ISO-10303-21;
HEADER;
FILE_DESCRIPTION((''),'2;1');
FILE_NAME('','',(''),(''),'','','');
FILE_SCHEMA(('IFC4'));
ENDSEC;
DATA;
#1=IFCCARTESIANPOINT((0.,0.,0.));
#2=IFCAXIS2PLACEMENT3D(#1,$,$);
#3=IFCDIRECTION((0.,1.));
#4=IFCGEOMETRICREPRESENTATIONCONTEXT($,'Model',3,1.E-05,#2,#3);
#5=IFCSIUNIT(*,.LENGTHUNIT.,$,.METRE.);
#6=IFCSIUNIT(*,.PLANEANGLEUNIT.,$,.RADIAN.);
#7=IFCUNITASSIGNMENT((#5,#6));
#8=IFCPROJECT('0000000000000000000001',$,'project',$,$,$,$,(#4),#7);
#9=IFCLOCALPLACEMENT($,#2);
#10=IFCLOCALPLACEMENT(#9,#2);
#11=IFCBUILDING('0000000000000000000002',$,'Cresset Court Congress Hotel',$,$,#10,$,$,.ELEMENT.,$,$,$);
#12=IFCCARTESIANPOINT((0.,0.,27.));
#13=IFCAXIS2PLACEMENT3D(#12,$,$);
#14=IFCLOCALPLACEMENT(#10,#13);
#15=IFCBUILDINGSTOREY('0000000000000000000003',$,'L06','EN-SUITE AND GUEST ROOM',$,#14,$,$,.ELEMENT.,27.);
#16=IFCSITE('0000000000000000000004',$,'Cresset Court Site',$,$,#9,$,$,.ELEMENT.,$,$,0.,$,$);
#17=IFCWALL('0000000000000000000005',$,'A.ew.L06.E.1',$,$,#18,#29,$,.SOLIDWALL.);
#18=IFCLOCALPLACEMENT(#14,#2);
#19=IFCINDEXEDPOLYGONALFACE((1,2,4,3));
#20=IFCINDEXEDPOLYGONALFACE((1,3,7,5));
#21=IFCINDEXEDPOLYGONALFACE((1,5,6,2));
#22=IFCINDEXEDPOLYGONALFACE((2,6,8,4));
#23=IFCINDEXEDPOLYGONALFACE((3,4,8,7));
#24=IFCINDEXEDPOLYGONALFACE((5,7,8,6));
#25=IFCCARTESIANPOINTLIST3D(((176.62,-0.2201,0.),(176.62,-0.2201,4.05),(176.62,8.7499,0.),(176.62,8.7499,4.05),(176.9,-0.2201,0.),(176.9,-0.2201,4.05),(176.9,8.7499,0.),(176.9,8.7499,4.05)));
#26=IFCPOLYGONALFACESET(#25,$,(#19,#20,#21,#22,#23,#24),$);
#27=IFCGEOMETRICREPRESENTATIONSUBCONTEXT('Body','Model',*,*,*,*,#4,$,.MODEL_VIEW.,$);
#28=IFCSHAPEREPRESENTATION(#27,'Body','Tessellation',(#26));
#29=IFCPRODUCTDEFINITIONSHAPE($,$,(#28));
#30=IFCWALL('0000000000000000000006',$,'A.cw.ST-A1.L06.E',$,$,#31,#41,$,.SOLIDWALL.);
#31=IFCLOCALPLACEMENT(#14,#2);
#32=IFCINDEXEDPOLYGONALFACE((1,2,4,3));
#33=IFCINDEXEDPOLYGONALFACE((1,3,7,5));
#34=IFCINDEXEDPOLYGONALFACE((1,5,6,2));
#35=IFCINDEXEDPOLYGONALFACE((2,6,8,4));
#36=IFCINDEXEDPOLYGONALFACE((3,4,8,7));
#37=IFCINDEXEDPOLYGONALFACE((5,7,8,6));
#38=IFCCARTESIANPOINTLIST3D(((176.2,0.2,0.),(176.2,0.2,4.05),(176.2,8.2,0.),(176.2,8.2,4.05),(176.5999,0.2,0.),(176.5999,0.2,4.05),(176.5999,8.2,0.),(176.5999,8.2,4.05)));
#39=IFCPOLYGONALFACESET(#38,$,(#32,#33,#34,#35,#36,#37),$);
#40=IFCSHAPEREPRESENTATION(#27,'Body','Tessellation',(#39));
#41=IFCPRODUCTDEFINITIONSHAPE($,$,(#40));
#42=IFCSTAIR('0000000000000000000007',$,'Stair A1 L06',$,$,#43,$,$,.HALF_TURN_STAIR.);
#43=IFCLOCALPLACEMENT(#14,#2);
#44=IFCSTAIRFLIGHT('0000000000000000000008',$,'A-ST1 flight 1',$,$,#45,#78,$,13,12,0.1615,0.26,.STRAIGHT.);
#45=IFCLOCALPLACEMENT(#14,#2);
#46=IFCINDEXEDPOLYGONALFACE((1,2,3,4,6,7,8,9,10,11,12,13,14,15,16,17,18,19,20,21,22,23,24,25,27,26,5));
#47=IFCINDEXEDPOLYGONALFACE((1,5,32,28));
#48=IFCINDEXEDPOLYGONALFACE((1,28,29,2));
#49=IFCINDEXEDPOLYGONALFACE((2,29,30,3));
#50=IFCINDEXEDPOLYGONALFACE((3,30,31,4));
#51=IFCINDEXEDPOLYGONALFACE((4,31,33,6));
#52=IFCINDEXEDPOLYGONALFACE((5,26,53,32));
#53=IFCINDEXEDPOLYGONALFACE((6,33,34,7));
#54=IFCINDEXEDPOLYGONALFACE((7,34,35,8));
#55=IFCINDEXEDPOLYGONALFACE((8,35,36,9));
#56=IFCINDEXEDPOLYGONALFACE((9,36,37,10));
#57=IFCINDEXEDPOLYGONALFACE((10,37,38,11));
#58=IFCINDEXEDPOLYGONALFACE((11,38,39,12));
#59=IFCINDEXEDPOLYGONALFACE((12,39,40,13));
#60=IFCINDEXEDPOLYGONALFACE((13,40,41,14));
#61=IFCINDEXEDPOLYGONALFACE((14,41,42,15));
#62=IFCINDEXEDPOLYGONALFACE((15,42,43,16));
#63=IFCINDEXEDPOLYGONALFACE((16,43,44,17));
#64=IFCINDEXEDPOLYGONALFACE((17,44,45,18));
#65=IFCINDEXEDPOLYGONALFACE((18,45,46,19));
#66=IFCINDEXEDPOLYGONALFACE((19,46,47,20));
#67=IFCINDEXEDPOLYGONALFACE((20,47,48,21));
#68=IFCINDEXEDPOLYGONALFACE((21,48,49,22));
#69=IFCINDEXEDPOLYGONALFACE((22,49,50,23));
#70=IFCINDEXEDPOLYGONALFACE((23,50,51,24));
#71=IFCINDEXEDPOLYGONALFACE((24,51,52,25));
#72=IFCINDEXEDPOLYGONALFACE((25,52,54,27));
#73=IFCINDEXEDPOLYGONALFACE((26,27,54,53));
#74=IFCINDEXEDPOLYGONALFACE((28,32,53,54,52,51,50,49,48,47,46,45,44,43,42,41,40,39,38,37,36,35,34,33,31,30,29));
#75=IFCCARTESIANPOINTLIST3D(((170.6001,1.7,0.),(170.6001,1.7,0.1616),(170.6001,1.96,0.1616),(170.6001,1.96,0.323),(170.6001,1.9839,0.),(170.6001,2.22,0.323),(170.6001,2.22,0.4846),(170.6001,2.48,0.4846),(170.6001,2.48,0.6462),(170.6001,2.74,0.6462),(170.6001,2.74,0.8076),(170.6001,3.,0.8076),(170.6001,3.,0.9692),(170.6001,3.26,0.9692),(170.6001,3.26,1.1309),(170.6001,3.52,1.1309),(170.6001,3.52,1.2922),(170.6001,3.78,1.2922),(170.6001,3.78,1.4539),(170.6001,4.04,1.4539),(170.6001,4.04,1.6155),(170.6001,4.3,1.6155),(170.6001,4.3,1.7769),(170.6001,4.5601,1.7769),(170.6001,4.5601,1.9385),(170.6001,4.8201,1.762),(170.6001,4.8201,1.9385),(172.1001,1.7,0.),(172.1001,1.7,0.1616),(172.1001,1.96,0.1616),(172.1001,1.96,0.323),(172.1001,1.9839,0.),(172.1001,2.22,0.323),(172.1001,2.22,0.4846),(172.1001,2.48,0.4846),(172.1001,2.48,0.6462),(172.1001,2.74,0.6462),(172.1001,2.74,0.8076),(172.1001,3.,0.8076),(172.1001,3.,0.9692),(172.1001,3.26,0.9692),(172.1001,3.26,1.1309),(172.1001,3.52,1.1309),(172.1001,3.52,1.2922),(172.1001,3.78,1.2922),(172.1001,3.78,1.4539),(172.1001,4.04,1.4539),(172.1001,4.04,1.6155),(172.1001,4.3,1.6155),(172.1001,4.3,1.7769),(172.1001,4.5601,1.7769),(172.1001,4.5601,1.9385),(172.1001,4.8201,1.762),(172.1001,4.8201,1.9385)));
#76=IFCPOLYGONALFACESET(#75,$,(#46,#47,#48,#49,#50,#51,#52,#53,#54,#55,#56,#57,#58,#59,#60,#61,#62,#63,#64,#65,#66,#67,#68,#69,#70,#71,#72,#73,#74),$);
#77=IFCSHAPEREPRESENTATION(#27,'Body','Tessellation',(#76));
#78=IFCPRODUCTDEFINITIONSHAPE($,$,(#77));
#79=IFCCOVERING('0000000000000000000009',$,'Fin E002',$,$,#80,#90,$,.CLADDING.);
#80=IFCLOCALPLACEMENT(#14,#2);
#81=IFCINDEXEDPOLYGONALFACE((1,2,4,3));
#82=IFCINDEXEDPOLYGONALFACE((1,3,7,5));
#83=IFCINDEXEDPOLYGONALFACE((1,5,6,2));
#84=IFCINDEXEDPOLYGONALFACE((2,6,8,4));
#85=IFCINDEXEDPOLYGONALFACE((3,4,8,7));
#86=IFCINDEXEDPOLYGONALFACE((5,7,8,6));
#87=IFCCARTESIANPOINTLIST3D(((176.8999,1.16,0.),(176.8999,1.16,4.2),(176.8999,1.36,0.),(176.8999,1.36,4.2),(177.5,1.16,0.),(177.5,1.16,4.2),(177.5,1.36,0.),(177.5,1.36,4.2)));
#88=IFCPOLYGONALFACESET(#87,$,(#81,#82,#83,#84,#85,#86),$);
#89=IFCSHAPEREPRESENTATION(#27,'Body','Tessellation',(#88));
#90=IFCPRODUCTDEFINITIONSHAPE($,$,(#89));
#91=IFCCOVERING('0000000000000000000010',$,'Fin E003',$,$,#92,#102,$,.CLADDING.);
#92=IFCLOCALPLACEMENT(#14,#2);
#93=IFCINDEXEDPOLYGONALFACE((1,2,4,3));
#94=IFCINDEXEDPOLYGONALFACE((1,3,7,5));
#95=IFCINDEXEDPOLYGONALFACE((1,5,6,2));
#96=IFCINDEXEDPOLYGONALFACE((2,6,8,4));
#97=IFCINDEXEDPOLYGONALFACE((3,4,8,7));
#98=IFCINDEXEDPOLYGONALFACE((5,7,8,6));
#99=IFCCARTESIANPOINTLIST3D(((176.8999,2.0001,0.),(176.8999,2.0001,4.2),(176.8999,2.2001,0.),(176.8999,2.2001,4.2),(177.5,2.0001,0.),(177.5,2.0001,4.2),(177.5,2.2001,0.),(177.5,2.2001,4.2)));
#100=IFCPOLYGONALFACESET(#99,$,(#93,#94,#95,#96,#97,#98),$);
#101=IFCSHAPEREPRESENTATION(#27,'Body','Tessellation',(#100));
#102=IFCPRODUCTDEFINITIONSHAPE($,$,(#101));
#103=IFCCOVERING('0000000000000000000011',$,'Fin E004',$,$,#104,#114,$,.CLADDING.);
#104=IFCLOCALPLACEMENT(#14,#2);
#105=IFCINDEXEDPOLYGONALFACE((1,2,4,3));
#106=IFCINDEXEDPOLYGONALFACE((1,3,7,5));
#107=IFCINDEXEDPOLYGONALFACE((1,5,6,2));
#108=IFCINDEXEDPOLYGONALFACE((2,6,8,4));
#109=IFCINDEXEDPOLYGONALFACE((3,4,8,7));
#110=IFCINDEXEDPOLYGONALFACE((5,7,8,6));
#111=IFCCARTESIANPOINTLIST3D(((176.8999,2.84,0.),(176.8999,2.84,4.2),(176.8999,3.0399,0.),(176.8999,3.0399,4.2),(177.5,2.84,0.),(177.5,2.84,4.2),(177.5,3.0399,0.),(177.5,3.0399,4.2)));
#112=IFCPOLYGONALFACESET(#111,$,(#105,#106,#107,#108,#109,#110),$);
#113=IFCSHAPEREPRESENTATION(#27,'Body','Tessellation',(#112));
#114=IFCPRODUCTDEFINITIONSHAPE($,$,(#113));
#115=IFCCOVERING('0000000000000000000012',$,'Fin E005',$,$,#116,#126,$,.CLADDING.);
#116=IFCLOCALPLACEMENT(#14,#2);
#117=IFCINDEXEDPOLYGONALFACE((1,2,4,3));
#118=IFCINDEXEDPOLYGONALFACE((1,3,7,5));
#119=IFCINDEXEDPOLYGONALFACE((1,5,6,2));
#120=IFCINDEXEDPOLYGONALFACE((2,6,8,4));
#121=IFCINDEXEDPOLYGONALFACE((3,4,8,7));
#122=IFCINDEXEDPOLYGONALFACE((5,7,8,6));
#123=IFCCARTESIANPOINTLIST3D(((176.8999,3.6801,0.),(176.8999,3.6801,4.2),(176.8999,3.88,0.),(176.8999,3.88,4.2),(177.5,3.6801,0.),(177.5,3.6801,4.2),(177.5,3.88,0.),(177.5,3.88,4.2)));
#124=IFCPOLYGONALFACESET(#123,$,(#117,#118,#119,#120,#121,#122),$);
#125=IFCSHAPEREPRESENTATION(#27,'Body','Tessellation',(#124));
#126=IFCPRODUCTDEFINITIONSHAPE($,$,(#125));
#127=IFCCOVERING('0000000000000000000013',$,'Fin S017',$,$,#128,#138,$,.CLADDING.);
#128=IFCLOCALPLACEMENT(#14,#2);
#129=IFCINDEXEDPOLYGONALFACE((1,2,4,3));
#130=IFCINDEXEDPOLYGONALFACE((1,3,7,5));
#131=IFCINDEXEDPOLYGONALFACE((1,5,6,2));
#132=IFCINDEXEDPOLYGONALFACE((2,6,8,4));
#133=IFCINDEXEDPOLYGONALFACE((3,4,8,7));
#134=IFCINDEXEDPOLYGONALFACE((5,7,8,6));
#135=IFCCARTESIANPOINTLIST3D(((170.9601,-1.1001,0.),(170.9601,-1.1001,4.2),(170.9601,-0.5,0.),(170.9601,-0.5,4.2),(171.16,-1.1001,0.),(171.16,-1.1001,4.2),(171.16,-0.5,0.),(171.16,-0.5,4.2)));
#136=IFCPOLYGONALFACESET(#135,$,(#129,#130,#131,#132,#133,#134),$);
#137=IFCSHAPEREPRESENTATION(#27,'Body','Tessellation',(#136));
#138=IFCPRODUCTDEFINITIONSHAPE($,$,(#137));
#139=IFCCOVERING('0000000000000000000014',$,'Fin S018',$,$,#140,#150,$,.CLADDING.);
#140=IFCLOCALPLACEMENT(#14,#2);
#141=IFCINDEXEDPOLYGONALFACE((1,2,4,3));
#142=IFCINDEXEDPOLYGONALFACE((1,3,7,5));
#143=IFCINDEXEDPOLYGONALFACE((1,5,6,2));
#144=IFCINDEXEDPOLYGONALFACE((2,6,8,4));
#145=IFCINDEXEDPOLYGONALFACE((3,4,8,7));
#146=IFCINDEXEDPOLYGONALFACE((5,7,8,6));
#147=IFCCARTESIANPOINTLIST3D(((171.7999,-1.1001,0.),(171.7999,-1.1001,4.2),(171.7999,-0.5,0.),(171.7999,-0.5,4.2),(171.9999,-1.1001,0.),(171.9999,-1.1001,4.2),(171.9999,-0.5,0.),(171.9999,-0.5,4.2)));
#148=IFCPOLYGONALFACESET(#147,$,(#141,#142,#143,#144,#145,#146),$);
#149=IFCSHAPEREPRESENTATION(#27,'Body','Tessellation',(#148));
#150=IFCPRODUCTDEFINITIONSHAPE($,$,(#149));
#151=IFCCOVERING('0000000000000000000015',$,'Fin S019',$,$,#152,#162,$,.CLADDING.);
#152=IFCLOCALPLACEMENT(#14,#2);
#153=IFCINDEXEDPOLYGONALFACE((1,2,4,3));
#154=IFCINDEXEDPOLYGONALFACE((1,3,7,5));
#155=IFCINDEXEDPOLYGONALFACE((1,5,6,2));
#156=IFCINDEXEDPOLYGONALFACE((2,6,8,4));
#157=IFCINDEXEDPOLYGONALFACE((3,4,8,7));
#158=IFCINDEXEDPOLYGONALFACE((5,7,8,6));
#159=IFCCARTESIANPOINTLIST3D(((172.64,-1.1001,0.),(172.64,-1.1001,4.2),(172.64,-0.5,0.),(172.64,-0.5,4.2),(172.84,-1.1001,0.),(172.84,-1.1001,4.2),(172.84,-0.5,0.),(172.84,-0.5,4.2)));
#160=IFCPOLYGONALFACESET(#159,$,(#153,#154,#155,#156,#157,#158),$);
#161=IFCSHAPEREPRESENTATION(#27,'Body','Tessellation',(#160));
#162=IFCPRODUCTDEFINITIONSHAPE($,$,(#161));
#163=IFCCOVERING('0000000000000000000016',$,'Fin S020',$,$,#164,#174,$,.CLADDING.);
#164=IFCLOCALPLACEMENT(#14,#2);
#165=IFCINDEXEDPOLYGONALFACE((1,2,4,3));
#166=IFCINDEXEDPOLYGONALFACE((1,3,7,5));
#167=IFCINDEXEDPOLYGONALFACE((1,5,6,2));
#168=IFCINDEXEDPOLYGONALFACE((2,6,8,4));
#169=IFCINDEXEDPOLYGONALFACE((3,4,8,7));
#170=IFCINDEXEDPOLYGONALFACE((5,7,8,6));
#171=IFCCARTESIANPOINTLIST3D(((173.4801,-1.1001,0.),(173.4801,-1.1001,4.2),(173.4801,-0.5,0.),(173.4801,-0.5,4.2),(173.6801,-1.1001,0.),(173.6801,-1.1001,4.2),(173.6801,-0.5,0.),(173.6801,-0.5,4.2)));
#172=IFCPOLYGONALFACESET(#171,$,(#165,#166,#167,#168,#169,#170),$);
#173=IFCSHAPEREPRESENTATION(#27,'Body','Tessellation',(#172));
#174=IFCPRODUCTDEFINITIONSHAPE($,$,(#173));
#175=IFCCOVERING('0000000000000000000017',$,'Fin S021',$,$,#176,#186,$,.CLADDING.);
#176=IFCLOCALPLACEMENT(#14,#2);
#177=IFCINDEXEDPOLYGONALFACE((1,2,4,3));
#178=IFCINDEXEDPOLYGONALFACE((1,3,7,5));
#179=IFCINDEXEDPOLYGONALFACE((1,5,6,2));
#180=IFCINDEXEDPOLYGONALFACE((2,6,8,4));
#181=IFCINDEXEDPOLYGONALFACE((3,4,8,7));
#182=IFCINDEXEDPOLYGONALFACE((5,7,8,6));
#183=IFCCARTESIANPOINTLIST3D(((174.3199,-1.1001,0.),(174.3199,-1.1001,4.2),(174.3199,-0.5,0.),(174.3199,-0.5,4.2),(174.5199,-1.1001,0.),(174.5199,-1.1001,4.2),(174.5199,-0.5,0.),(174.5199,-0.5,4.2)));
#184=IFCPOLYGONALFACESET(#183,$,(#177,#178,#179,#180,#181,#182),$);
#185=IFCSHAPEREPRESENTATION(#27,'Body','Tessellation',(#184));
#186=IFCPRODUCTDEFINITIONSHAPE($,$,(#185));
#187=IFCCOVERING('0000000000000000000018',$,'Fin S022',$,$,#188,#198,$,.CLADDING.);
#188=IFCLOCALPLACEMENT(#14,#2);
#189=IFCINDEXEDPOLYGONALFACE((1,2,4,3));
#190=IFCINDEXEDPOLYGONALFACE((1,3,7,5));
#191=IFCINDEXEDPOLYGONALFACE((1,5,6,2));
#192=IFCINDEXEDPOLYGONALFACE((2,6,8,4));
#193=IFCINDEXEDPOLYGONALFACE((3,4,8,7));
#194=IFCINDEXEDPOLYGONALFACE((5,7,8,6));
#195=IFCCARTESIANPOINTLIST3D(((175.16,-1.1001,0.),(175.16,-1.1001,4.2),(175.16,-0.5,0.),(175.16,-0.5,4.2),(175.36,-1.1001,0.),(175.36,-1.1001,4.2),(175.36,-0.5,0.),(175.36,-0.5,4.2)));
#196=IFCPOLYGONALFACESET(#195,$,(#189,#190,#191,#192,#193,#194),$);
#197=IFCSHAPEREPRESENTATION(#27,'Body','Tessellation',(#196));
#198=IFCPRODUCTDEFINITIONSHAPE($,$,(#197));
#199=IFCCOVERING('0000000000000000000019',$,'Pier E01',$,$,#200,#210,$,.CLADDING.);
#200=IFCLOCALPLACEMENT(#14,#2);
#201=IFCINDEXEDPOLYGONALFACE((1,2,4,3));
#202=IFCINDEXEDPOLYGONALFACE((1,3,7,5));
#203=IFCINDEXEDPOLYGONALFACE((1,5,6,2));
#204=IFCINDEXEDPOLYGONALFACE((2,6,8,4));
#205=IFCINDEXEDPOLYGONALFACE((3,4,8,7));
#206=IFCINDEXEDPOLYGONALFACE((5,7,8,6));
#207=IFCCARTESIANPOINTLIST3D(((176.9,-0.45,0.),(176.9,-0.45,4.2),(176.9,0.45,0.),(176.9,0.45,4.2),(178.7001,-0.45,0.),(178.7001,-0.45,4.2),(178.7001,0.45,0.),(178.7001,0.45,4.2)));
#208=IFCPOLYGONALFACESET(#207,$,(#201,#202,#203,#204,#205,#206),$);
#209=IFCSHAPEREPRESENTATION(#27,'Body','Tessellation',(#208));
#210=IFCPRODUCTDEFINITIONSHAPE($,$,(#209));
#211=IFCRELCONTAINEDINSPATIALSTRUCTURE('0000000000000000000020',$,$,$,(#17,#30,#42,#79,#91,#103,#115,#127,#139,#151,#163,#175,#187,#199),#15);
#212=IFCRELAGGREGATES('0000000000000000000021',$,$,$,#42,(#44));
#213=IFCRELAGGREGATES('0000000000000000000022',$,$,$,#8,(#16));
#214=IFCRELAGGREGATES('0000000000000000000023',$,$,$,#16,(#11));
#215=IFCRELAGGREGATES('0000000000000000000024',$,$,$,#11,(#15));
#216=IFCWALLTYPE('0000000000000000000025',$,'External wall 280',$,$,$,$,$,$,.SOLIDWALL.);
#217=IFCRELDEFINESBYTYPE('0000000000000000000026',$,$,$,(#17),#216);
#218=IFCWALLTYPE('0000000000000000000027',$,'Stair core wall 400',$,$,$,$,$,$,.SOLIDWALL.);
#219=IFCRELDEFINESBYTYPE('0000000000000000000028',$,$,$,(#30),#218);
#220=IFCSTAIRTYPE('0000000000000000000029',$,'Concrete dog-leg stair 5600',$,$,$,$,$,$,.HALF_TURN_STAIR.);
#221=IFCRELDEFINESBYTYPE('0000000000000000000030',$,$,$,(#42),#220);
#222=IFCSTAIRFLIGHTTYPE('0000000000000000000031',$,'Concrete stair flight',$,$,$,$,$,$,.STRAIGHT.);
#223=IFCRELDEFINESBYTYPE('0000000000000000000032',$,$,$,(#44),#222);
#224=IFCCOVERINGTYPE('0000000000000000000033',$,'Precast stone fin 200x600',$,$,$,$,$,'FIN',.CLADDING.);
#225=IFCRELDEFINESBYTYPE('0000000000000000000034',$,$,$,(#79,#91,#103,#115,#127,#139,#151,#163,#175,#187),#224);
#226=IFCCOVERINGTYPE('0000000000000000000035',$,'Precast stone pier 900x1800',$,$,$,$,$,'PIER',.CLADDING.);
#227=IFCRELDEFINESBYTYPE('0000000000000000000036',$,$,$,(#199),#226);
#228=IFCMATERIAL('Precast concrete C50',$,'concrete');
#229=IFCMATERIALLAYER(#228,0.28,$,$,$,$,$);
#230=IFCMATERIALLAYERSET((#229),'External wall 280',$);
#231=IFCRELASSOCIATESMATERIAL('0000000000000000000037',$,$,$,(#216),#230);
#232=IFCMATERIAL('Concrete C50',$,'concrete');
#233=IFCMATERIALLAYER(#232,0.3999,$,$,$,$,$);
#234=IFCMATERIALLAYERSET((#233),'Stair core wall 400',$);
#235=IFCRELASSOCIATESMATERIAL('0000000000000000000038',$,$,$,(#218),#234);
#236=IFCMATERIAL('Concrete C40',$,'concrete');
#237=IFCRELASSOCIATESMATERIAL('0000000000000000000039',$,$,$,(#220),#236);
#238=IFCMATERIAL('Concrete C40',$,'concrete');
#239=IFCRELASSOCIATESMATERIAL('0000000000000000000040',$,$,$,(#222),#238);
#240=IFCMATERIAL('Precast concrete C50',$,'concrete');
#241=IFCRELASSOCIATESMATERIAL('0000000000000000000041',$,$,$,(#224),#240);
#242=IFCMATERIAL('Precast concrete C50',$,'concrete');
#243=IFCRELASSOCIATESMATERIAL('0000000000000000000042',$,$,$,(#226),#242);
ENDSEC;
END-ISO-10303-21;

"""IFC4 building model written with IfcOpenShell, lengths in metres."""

from ifc_helpers import new_model, si_unit, direction, frame, frame_2d, origin, origin_2d, place, context, subcontext, project, spatial, polyline, rectangle, outline, extrude, material, layer, layer_set, type_object, element, aggregate, save


model = new_model("IFC4")

# Units and contexts
model_context = context("Model", 3, precision=1e-05, world=origin(), true_north=direction((0.0, 1.0)))
body_context = subcontext(model_context, "Body", "Model", "MODEL_VIEW")
ifc_project = project(units=[si_unit("LENGTHUNIT", "METRE"), si_unit("PLANEANGLEUNIT", "RADIAN")], contexts=[model_context])

# Site, building, storey
site_placement = place(None, origin())
site = spatial("IfcSite", under=ifc_project, at=site_placement, Name="Cresset Court Site", CompositionType="ELEMENT", RefElevation=0.0)
building_placement = place(site_placement, origin())
building = spatial("IfcBuilding", under=site, at=building_placement, Name="Cresset Court Congress Hotel", CompositionType="ELEMENT")
storey_placement = place(building_placement, frame((0.0, 0.0, 27.0)))
storey = spatial("IfcBuildingStorey", under=building, at=storey_placement, Name="L06", Description="EN-SUITE AND GUEST ROOM", CompositionType="ELEMENT", Elevation=27.0)

# Walls
ifc_material_1 = material(Name="Precast concrete C50", Category="concrete")
ifc_layer_1 = layer(ifc_material_1, 0.28)
ifc_layer_set_1 = layer_set([ifc_layer_1], Name="External wall 280")
wall_type_1 = type_object("IfcWallType", Name="External wall 280", PredefinedType="SOLIDWALL", material=ifc_layer_set_1)
wall_1_placement = place(storey_placement, frame((176.76, -0.22, 0.0), z_axis=(0.0, 0.0, 1.0), x_axis=(0.0, 1.0, 0.0)))
element("IfcWall", 1, at=wall_1_placement, inside=storey, type_object=wall_type_1, Name="A.ew.L06.E.1", PredefinedType="SOLIDWALL", context=body_context, shape_type="SweptSolid", body=[
    extrude(rectangle(XDim=8.97, YDim=0.28, at=frame_2d((4.4849, 0.0))), origin(), (0.0, 0.0, 1.0), 4.05),
])
ifc_material_2 = material(Name="Concrete C50", Category="concrete")
ifc_layer_2 = layer(ifc_material_2, 0.3999)
ifc_layer_set_2 = layer_set([ifc_layer_2], Name="Stair core wall 400")
wall_type_2 = type_object("IfcWallType", Name="Stair core wall 400", PredefinedType="SOLIDWALL", material=ifc_layer_set_2)
wall_2_placement = place(storey_placement, frame((176.3999, 0.2, 0.0), z_axis=(0.0, 0.0, 1.0), x_axis=(0.0, 1.0, 0.0)))
element("IfcWall", 2, at=wall_2_placement, inside=storey, type_object=wall_type_2, Name="A.cw.ST-A1.L06.E", PredefinedType="SOLIDWALL", context=body_context, shape_type="SweptSolid", body=[
    extrude(rectangle(XDim=8.0, YDim=0.3999, at=frame_2d((4.0, 0.0))), origin(), (0.0, 0.0, 1.0), 4.05),
])

# Stair, stair flight
ifc_material_3 = material(Name="Concrete C40", Category="concrete")
stair_type = type_object("IfcStairType", Name="Concrete dog-leg stair 5600", PredefinedType="HALF_TURN_STAIR", material=ifc_material_3)
stair_placement = place(storey_placement, origin())
stair = element("IfcStair", 3, at=stair_placement, inside=storey, type_object=stair_type, Name="Stair A1 L06", PredefinedType="HALF_TURN_STAIR")
ifc_material_4 = material(Name="Concrete C40", Category="concrete")
stair_flight_type = type_object("IfcStairFlightType", Name="Concrete stair flight", PredefinedType="STRAIGHT", material=ifc_material_4)
stair_flight_placement = place(storey_placement, frame((171.3501, 1.7, 0.0), z_axis=(0.0, 0.0, 1.0), x_axis=(0.0, 1.0, 0.0)))
stair_flight = element("IfcStairFlight", 4, at=stair_flight_placement, type_object=stair_flight_type, Name="A-ST1 flight 1", NumberOfRisers=13, NumberOfTreads=12, PredefinedType="STRAIGHT", RiserHeight=0.1615, TreadLength=0.26, context=body_context, shape_type="SweptSolid", body=[
    extrude(outline(polyline([(0.0, 0.0), (0.0, 0.1616), (0.26, 0.1616), (0.26, 0.323), (0.52, 0.323), (0.52, 0.4846), (0.78, 0.4846), (0.78, 0.6462), (1.04, 0.6462), (1.04, 0.8076), (1.3, 0.8076), (1.3, 0.9692), (1.5601, 0.9692), (1.5601, 1.1309), (1.8201, 1.1309), (1.8201, 1.2922), (2.0801, 1.2922), (2.0801, 1.4539), (2.3401, 1.4539), (2.3401, 1.6155), (2.6001, 1.6155), (2.6001, 1.7769), (2.8601, 1.7769), (2.8601, 1.9385), (3.1201, 1.9385), (3.1201, 2.1001), (3.1201, 1.762), (0.2839, 0.0), (0.0, 0.0)])), frame((0.0, 0.75, 0.0), z_axis=(0.0, -1.0, 0.0), x_axis=(1.0, 0.0, 0.0)), (0.0, 0.0, 1.0), 1.5),
])
aggregate(stair, [stair_flight])

# Coverings
ifc_material_5 = material(Name="Precast concrete C50", Category="concrete")
covering_type_1 = type_object("IfcCoveringType", Name="Precast stone fin 200x600", ElementType="FIN", PredefinedType="CLADDING", material=ifc_material_5)
for number, where, z_axis, x_axis, name in (
    (5, (177.2, 1.26, 0.0), (0.0, 0.0, 1.0), (1.0, 0.0, 0.0), "Fin E002"),
    (6, (177.2, 2.1001, 0.0), (0.0, 0.0, 1.0), (1.0, 0.0, 0.0), "Fin E003"),
    (7, (177.2, 2.9399, 0.0), (0.0, 0.0, 1.0), (1.0, 0.0, 0.0), "Fin E004"),
    (8, (177.2, 3.78, 0.0), (0.0, 0.0, 1.0), (1.0, 0.0, 0.0), "Fin E005"),
):
    element("IfcCovering", number, at=place(storey_placement, frame(where, z_axis=z_axis, x_axis=x_axis)), inside=storey, type_object=covering_type_1, Name=name, PredefinedType="CLADDING", context=body_context, shape_type="SweptSolid", body=[
        extrude(rectangle(XDim=0.6001, YDim=0.2, at=origin_2d()), origin(), (0.0, 0.0, 1.0), 4.2),
    ])
for number, where, z_axis, x_axis, name in (
    (9, (171.0601, -0.8, 0.0), (0.0, 0.0, 1.0), (1.0, 0.0, 0.0), "Fin S017"),
    (10, (171.8999, -0.8, 0.0), (0.0, 0.0, 1.0), (1.0, 0.0, 0.0), "Fin S018"),
    (11, (172.74, -0.8, 0.0), (0.0, 0.0, 1.0), (1.0, 0.0, 0.0), "Fin S019"),
    (12, (173.5801, -0.8, 0.0), (0.0, 0.0, 1.0), (1.0, 0.0, 0.0), "Fin S020"),
    (13, (174.4199, -0.8, 0.0), (0.0, 0.0, 1.0), (1.0, 0.0, 0.0), "Fin S021"),
    (14, (175.26, -0.8, 0.0), (0.0, 0.0, 1.0), (1.0, 0.0, 0.0), "Fin S022"),
):
    element("IfcCovering", number, at=place(storey_placement, frame(where, z_axis=z_axis, x_axis=x_axis)), inside=storey, type_object=covering_type_1, Name=name, PredefinedType="CLADDING", context=body_context, shape_type="SweptSolid", body=[
        extrude(rectangle(XDim=0.2, YDim=0.6001, at=origin_2d()), origin(), (0.0, 0.0, 1.0), 4.2),
    ])
ifc_material_6 = material(Name="Precast concrete C50", Category="concrete")
covering_type_2 = type_object("IfcCoveringType", Name="Precast stone pier 900x1800", ElementType="PIER", PredefinedType="CLADDING", material=ifc_material_6)
covering_1_placement = place(storey_placement, frame((177.8, 0.0, 0.0), z_axis=(0.0, 0.0, 1.0), x_axis=(1.0, 0.0, 0.0)))
element("IfcCovering", 15, at=covering_1_placement, inside=storey, type_object=covering_type_2, Name="Pier E01", PredefinedType="CLADDING", context=body_context, shape_type="SweptSolid", body=[
    extrude(rectangle(XDim=1.8, YDim=0.8999, at=origin_2d()), origin(), (0.0, 0.0, 1.0), 4.2),
])

save(model, "model.ifc")
